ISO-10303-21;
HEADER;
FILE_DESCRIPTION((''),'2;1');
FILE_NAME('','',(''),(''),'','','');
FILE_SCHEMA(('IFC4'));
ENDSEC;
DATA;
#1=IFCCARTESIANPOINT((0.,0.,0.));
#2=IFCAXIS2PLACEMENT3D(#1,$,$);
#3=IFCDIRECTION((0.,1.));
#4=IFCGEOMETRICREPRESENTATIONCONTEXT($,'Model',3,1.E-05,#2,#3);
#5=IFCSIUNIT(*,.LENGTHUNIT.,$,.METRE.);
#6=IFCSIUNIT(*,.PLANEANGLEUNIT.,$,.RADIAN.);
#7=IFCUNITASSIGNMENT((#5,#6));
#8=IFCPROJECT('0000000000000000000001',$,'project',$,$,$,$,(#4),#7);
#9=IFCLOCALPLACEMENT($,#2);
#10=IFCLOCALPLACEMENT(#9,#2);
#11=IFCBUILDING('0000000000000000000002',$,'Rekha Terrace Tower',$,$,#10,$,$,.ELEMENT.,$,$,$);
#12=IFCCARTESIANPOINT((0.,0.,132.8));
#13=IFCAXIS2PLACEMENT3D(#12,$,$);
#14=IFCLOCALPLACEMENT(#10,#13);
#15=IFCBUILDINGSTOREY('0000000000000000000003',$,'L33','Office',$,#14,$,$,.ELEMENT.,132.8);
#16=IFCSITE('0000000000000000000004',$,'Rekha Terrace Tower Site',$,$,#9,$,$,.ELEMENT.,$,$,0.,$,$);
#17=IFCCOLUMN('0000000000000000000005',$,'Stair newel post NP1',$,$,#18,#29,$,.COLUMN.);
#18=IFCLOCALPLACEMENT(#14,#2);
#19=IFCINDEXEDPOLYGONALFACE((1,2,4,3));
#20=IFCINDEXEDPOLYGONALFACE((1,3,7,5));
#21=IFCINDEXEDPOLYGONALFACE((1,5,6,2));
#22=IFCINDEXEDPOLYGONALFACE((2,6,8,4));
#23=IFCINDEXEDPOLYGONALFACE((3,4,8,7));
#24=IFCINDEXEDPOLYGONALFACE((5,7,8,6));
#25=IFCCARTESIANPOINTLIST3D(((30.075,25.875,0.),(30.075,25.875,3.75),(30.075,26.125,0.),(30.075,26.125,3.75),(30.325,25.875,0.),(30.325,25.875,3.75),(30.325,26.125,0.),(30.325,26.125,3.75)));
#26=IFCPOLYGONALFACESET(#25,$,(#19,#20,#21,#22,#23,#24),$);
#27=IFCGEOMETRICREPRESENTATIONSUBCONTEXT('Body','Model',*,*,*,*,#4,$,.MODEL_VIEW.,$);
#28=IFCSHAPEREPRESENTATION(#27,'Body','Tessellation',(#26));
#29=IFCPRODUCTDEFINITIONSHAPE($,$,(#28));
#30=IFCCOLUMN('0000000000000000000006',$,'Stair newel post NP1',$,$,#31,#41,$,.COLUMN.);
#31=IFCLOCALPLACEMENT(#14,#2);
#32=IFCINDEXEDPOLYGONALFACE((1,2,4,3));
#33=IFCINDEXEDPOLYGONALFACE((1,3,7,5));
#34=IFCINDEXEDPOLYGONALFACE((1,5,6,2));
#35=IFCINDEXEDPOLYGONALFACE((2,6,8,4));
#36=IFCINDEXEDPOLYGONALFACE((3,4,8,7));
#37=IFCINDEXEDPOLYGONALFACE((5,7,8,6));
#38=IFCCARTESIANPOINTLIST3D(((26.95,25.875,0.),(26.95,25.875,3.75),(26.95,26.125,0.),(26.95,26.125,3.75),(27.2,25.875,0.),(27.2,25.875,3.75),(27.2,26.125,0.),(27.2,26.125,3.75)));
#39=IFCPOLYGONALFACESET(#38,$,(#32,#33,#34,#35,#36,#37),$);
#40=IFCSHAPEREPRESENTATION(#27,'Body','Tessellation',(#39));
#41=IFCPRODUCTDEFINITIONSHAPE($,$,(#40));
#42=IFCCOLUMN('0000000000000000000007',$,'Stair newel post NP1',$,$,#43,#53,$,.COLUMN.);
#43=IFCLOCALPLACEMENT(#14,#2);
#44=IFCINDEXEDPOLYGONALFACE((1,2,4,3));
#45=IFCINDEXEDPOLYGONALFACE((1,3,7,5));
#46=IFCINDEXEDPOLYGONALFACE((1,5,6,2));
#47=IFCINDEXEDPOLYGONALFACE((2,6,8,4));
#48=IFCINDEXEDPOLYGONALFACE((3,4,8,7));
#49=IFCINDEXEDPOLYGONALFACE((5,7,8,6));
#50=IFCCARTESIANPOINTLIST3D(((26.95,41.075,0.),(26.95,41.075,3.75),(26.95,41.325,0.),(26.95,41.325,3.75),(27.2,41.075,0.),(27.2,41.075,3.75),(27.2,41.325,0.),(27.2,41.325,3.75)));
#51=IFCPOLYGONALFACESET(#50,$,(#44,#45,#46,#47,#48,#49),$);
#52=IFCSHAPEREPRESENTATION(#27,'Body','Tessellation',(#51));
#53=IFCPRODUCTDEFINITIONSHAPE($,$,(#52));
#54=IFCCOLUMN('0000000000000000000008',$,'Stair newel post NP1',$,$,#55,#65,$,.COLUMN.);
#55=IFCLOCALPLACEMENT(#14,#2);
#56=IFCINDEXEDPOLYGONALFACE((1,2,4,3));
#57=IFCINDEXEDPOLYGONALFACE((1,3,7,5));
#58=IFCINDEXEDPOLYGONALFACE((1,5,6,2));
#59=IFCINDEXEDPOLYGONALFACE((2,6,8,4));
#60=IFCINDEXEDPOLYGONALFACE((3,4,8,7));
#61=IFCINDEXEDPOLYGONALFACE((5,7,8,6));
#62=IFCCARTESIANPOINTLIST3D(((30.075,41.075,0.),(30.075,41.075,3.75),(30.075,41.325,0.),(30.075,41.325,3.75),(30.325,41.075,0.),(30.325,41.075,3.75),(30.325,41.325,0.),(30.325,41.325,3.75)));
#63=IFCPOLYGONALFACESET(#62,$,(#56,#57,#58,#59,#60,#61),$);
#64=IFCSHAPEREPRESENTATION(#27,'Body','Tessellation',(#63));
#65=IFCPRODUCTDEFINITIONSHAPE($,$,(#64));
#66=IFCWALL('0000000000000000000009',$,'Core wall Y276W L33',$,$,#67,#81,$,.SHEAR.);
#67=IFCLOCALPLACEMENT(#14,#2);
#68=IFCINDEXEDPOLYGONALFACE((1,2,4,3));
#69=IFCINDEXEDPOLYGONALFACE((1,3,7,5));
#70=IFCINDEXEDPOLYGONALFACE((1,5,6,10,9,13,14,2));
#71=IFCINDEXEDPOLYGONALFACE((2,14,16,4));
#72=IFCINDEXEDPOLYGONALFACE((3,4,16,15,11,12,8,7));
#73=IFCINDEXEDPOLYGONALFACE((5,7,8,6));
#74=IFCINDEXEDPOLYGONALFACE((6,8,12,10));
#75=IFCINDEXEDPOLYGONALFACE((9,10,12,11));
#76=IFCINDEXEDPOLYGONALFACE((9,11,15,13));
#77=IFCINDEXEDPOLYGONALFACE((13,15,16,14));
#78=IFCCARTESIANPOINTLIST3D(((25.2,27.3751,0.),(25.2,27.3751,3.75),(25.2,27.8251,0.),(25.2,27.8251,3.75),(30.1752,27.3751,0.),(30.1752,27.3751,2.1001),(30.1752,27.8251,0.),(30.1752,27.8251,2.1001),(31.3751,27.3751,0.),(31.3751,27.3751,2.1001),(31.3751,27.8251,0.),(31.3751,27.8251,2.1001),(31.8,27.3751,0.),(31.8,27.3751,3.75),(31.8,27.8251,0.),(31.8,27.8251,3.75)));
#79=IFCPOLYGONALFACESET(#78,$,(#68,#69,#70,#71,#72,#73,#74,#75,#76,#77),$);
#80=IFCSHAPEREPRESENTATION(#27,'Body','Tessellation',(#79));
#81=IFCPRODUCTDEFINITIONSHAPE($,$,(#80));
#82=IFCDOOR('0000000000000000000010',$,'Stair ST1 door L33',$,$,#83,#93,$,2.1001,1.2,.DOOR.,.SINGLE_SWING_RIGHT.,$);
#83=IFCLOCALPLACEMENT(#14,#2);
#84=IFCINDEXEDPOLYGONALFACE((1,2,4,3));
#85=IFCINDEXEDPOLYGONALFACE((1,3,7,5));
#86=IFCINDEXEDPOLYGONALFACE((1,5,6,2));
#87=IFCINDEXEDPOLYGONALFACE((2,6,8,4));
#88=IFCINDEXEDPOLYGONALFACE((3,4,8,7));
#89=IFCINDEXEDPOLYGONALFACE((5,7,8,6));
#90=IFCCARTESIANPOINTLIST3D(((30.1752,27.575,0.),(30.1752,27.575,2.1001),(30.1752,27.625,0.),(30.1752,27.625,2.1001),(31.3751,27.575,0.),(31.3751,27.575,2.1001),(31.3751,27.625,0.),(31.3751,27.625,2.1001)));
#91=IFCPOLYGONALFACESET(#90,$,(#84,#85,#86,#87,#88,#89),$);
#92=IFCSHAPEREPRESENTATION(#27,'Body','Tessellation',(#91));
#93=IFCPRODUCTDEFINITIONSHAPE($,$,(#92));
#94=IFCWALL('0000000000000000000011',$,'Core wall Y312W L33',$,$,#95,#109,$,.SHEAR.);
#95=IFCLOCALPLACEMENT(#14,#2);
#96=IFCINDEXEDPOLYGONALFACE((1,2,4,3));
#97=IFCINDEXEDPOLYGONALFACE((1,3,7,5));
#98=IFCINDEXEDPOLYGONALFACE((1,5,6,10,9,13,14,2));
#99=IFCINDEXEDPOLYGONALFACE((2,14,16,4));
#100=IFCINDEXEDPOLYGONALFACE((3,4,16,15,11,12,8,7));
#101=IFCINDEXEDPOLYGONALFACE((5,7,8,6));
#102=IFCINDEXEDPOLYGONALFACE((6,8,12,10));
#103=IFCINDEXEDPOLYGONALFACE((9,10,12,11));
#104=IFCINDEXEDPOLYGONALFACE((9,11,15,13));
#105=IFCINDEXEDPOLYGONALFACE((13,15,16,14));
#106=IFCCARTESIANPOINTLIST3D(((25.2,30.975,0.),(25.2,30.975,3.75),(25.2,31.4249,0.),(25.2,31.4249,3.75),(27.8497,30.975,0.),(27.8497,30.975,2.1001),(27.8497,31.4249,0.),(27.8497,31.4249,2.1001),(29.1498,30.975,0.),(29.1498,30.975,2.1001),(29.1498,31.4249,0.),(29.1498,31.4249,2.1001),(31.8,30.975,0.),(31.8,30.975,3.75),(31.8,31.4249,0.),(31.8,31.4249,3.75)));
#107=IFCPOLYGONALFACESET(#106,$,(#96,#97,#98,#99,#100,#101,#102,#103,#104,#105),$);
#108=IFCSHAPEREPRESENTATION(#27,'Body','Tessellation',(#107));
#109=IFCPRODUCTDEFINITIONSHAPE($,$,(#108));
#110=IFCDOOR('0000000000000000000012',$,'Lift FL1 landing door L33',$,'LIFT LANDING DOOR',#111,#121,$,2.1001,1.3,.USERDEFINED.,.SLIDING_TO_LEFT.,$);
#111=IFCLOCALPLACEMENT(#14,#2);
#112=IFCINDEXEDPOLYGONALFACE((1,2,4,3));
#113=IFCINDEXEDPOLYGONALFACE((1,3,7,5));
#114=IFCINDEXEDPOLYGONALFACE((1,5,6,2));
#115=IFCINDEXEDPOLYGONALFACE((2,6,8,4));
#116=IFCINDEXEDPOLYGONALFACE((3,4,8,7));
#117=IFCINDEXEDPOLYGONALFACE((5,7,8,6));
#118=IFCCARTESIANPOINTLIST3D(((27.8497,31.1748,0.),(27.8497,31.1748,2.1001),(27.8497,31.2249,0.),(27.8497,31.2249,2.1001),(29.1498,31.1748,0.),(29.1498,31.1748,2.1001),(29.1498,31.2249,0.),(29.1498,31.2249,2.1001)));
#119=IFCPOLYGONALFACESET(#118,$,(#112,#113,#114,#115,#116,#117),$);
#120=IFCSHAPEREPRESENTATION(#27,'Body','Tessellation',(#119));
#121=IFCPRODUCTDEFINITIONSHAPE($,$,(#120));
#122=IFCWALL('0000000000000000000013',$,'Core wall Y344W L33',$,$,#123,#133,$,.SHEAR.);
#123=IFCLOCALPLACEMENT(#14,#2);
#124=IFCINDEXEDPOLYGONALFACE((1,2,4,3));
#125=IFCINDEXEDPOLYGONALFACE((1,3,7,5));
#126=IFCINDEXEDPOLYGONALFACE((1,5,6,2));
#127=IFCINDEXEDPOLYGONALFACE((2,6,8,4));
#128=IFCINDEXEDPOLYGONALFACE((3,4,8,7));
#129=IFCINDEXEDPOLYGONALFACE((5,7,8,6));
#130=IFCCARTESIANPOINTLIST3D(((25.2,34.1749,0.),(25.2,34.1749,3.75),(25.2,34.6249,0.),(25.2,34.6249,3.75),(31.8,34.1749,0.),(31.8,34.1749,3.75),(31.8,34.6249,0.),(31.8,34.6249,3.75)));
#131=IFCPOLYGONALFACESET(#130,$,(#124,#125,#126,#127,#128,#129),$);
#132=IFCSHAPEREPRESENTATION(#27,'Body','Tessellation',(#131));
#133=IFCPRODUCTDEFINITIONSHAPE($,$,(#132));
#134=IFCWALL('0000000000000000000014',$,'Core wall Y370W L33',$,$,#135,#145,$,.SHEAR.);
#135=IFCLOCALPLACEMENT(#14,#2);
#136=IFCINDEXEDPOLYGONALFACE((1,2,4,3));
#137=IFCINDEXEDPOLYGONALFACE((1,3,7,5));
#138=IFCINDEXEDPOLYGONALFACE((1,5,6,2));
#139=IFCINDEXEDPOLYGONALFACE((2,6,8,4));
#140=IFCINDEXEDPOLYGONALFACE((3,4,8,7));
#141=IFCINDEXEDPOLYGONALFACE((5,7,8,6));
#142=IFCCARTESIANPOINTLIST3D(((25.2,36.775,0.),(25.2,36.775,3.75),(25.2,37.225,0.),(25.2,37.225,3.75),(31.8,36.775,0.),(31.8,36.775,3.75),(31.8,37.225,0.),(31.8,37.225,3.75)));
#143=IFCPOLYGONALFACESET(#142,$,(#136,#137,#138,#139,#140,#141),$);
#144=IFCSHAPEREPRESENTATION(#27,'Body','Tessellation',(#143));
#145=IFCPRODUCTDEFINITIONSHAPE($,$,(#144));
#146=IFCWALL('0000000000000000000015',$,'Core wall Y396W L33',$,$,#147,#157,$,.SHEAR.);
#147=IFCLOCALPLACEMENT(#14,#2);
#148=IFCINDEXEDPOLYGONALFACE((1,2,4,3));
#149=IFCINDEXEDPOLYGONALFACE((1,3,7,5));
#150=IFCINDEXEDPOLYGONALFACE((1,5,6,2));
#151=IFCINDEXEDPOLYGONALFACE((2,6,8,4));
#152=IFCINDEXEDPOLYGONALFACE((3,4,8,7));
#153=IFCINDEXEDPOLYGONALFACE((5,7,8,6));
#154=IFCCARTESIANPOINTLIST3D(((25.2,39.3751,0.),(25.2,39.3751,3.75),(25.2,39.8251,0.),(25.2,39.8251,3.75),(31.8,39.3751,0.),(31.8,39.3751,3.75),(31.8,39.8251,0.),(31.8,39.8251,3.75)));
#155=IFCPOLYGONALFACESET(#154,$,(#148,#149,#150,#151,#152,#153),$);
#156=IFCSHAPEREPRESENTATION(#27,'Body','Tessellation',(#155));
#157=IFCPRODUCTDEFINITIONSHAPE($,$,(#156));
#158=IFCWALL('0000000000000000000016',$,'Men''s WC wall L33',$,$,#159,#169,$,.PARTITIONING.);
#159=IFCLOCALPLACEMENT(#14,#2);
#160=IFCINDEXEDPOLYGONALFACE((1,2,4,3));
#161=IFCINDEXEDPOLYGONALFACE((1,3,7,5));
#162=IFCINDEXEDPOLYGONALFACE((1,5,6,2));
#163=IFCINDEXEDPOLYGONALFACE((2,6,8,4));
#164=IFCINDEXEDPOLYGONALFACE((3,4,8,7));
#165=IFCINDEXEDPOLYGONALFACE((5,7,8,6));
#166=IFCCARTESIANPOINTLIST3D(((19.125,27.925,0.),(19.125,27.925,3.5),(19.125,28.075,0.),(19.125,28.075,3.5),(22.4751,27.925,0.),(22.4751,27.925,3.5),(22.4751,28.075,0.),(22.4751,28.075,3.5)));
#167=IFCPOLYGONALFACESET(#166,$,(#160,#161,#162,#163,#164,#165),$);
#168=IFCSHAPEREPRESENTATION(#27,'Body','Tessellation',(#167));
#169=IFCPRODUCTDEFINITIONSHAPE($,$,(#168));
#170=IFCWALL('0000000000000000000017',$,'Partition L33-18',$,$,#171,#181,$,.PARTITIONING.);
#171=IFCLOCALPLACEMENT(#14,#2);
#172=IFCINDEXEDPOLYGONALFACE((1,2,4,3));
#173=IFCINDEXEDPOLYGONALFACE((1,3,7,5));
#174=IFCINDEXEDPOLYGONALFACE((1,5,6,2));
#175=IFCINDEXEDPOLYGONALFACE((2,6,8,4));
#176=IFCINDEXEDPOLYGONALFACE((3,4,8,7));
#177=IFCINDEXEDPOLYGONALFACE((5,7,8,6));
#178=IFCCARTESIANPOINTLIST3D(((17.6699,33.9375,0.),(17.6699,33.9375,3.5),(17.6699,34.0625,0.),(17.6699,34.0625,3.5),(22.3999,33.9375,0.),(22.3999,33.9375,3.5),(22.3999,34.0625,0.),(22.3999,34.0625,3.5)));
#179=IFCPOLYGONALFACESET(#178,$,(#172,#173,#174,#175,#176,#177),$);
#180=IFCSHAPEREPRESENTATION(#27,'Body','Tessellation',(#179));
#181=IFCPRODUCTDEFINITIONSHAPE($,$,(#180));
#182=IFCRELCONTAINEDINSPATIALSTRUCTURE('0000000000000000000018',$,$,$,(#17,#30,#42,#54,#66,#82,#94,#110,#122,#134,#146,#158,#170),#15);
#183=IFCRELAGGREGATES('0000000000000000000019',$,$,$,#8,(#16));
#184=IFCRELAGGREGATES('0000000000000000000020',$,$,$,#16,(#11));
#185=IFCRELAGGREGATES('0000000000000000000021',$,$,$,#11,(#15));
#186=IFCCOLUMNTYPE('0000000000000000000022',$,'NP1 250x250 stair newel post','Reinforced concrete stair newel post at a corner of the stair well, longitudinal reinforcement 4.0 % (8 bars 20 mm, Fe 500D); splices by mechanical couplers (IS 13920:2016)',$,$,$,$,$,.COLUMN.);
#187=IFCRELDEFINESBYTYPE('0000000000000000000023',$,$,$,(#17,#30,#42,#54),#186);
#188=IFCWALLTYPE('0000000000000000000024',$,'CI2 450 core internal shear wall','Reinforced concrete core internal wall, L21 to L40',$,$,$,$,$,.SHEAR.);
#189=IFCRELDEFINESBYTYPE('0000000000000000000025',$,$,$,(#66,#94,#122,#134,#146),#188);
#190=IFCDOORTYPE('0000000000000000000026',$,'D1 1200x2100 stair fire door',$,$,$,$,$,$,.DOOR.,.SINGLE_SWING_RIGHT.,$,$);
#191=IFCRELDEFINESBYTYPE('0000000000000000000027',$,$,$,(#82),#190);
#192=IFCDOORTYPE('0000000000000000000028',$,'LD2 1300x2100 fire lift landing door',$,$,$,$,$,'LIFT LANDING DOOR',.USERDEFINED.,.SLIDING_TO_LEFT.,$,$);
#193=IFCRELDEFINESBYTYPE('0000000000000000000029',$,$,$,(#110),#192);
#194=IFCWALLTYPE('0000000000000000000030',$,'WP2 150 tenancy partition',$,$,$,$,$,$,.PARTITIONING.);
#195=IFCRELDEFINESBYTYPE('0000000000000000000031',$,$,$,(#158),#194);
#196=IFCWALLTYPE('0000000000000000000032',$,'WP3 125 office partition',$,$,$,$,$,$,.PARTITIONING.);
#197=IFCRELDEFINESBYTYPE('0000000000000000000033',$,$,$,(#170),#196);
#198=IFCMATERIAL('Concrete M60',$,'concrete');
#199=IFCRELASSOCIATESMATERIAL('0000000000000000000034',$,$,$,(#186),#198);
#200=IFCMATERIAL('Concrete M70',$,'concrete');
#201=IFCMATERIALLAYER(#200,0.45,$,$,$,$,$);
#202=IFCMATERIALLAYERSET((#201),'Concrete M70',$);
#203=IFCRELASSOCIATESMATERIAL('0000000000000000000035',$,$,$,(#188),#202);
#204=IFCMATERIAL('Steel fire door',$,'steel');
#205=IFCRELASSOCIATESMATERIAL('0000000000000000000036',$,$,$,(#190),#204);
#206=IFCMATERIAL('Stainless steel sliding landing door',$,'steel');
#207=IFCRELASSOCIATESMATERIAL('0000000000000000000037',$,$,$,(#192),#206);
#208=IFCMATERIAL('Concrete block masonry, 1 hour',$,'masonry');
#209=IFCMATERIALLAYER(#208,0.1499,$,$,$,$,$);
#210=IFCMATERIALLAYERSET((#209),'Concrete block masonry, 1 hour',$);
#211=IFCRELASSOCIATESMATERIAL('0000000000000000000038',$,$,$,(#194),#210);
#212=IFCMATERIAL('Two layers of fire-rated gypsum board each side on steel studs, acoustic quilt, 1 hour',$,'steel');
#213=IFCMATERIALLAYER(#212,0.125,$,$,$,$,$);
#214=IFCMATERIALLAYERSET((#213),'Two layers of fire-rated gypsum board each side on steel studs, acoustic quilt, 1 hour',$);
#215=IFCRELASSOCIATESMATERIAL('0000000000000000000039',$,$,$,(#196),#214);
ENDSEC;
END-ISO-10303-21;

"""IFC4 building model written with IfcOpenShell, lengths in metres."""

from ifc_helpers import new_model, si_unit, direction, frame, frame_2d, origin, origin_2d, place, context, subcontext, project, spatial, rectangle, extrude, material, layer, layer_set, material_profile, profile_set, type_object, element, fill, save


model = new_model("IFC4")

# Units and contexts
model_context = context("Model", 3, precision=1e-05, world=origin(), true_north=direction((0.0, 1.0)))
body_context = subcontext(model_context, "Body", "Model", "MODEL_VIEW")
ifc_project = project(units=[si_unit("LENGTHUNIT", "METRE"), si_unit("PLANEANGLEUNIT", "RADIAN")], contexts=[model_context])

# Site, building, storey
site_placement = place(None, origin())
site = spatial("IfcSite", under=ifc_project, at=site_placement, Name="Rekha Terrace Tower Site", CompositionType="ELEMENT", RefElevation=0.0)
building_placement = place(site_placement, origin())
building = spatial("IfcBuilding", under=site, at=building_placement, Name="Rekha Terrace Tower", CompositionType="ELEMENT")
storey_placement = place(building_placement, frame((0.0, 0.0, 132.8)))
storey = spatial("IfcBuildingStorey", under=building, at=storey_placement, Name="L33", Description="Office", CompositionType="ELEMENT", Elevation=132.8)

# Columns
ifc_material_1 = material(Name="Concrete M60", Category="concrete")
ifc_material_profile = material_profile(ifc_material_1, rectangle(XDim=0.25, YDim=0.25, at=origin_2d()), Name="RC 250x250")
ifc_profile_set = profile_set([ifc_material_profile], Name="Concrete M60")
column_type = type_object("IfcColumnType", Name="NP1 250x250 stair newel post", Description="Reinforced concrete stair newel post at a corner of the stair well, longitudinal reinforcement 4.0 % (8 bars 20 mm, Fe 500D); splices by mechanical couplers (IS 13920:2016)", PredefinedType="COLUMN", material=ifc_profile_set)
for number, where, z_axis, x_axis, name in (
    (1, (30.2, 26.0, 0.0), (0.0, 0.0, 1.0), (1.0, 0.0, 0.0), "Stair newel post NP1"),
    (2, (27.075, 26.0, 0.0), (0.0, 0.0, 1.0), (1.0, 0.0, 0.0), "Stair newel post NP1"),
    (3, (27.075, 41.2, 0.0), (0.0, 0.0, 1.0), (1.0, 0.0, 0.0), "Stair newel post NP1"),
    (4, (30.2, 41.2, 0.0), (0.0, 0.0, 1.0), (1.0, 0.0, 0.0), "Stair newel post NP1"),
):
    element("IfcColumn", number, at=place(storey_placement, frame(where, z_axis=z_axis, x_axis=x_axis)), inside=storey, type_object=column_type, Name=name, PredefinedType="COLUMN", context=body_context, shape_type="SweptSolid", body=[
        extrude(rectangle(XDim=0.25, YDim=0.25, at=origin_2d()), origin(), (0.0, 0.0, 1.0), 3.75),
    ])

# Walls, openings, doors
ifc_material_2 = material(Name="Concrete M70", Category="concrete")
ifc_layer_1 = layer(ifc_material_2, 0.45)
ifc_layer_set_1 = layer_set([ifc_layer_1], Name="Concrete M70")
wall_type_1 = type_object("IfcWallType", Name="CI2 450 core internal shear wall", Description="Reinforced concrete core internal wall, L21 to L40", PredefinedType="SHEAR", material=ifc_layer_set_1)
wall_1_placement = place(storey_placement, frame((25.2, 27.6001, 0.0), z_axis=(0.0, 0.0, 1.0), x_axis=(1.0, 0.0, 0.0)))
wall_1 = element("IfcWall", 5, at=wall_1_placement, inside=storey, type_object=wall_type_1, Name="Core wall Y276W L33", PredefinedType="SHEAR", context=body_context, shape_type="SweptSolid", body=[
    extrude(rectangle(XDim=6.6001, YDim=0.45, at=frame_2d((3.3, 0.0))), origin(), (0.0, 0.0, 1.0), 3.75),
])
opening_1_placement = place(wall_1_placement, frame((4.9751, 0.0, 0.0)))
opening_1 = element("IfcOpeningElement", 6, at=opening_1_placement, cuts=wall_1, PredefinedType="OPENING", context=body_context, shape_type="SweptSolid", body=[
    extrude(rectangle(XDim=1.2, YDim=2.1001, at=frame_2d((0.6001, 1.05))), frame((0.0, 0.2349, 0.0), z_axis=(0.0, -1.0, 0.0), x_axis=(1.0, 0.0, 0.0)), (0.0, 0.0, 1.0), 0.47),
])
ifc_material_3 = material(Name="Steel fire door", Category="steel")
door_type_1 = type_object("IfcDoorType", Name="D1 1200x2100 stair fire door", OperationType="SINGLE_SWING_RIGHT", PredefinedType="DOOR", material=ifc_material_3)
door_1_placement = place(opening_1_placement, origin())
door_1 = element("IfcDoor", 7, at=door_1_placement, inside=storey, type_object=door_type_1, Name="Stair ST1 door L33", OperationType="SINGLE_SWING_RIGHT", OverallHeight=2.1001, OverallWidth=1.2, PredefinedType="DOOR", context=body_context, shape_type="SweptSolid", body=[
    extrude(rectangle(XDim=1.2, YDim=2.1001, at=frame_2d((0.6001, 1.05))), frame((0.0, 0.0249, 0.0), z_axis=(0.0, -1.0, 0.0), x_axis=(1.0, 0.0, 0.0)), (0.0, 0.0, 1.0), 0.05),
])
fill(opening_1, door_1)
wall_2_placement = place(storey_placement, frame((25.2, 31.2, 0.0), z_axis=(0.0, 0.0, 1.0), x_axis=(1.0, 0.0, 0.0)))
wall_2 = element("IfcWall", 8, at=wall_2_placement, inside=storey, type_object=wall_type_1, Name="Core wall Y312W L33", PredefinedType="SHEAR", context=body_context, shape_type="SweptSolid", body=[
    extrude(rectangle(XDim=6.6001, YDim=0.45, at=frame_2d((3.3, 0.0))), origin(), (0.0, 0.0, 1.0), 3.75),
])
opening_2_placement = place(wall_2_placement, frame((2.6499, 0.0, 0.0)))
opening_2 = element("IfcOpeningElement", 9, at=opening_2_placement, cuts=wall_2, PredefinedType="OPENING", context=body_context, shape_type="SweptSolid", body=[
    extrude(rectangle(XDim=1.3, YDim=2.1001, at=frame_2d((0.6499, 1.05))), frame((0.0, 0.2349, 0.0), z_axis=(0.0, -1.0, 0.0), x_axis=(1.0, 0.0, 0.0)), (0.0, 0.0, 1.0), 0.47),
])
ifc_material_4 = material(Name="Stainless steel sliding landing door", Category="steel")
door_type_2 = type_object("IfcDoorType", Name="LD2 1300x2100 fire lift landing door", ElementType="LIFT LANDING DOOR", OperationType="SLIDING_TO_LEFT", PredefinedType="USERDEFINED", material=ifc_material_4)
door_2_placement = place(opening_2_placement, origin())
door_2 = element("IfcDoor", 10, at=door_2_placement, inside=storey, type_object=door_type_2, Name="Lift FL1 landing door L33", ObjectType="LIFT LANDING DOOR", OperationType="SLIDING_TO_LEFT", OverallHeight=2.1001, OverallWidth=1.3, PredefinedType="USERDEFINED", context=body_context, shape_type="SweptSolid", body=[
    extrude(rectangle(XDim=1.3, YDim=2.1001, at=frame_2d((0.6499, 1.05))), frame((0.0, 0.0249, 0.0), z_axis=(0.0, -1.0, 0.0), x_axis=(1.0, 0.0, 0.0)), (0.0, 0.0, 1.0), 0.05),
])
fill(opening_2, door_2)

# Walls
for number, where, z_axis, x_axis, name in (
    (11, (25.2, 34.3999, 0.0), (0.0, 0.0, 1.0), (1.0, 0.0, 0.0), "Core wall Y344W L33"),
    (12, (25.2, 37.0, 0.0), (0.0, 0.0, 1.0), (1.0, 0.0, 0.0), "Core wall Y370W L33"),
    (13, (25.2, 39.6001, 0.0), (0.0, 0.0, 1.0), (1.0, 0.0, 0.0), "Core wall Y396W L33"),
):
    element("IfcWall", number, at=place(storey_placement, frame(where, z_axis=z_axis, x_axis=x_axis)), inside=storey, type_object=wall_type_1, Name=name, PredefinedType="SHEAR", context=body_context, shape_type="SweptSolid", body=[
        extrude(rectangle(XDim=6.6001, YDim=0.45, at=frame_2d((3.3, 0.0))), origin(), (0.0, 0.0, 1.0), 3.75),
    ])
ifc_material_5 = material(Name="Concrete block masonry, 1 hour", Category="masonry")
ifc_layer_2 = layer(ifc_material_5, 0.1499)
ifc_layer_set_2 = layer_set([ifc_layer_2], Name="Concrete block masonry, 1 hour")
wall_type_2 = type_object("IfcWallType", Name="WP2 150 tenancy partition", PredefinedType="PARTITIONING", material=ifc_layer_set_2)
wall_3_placement = place(storey_placement, frame((19.125, 28.0, 0.0), z_axis=(0.0, 0.0, 1.0), x_axis=(1.0, 0.0, 0.0)))
element("IfcWall", 14, at=wall_3_placement, inside=storey, type_object=wall_type_2, Name="Men's WC wall L33", PredefinedType="PARTITIONING", context=body_context, shape_type="SweptSolid", body=[
    extrude(rectangle(XDim=3.3501, YDim=0.1499, at=frame_2d((1.675, 0.0))), origin(), (0.0, 0.0, 1.0), 3.5),
])
ifc_material_6 = material(Name="Two layers of fire-rated gypsum board each side on steel studs, acoustic quilt, 1 hour", Category="steel")
ifc_layer_3 = layer(ifc_material_6, 0.125)
ifc_layer_set_3 = layer_set([ifc_layer_3], Name="Two layers of fire-rated gypsum board each side on steel studs, acoustic quilt, 1 hour")
wall_type_3 = type_object("IfcWallType", Name="WP3 125 office partition", PredefinedType="PARTITIONING", material=ifc_layer_set_3)
wall_4_placement = place(storey_placement, frame((17.6699, 34.0, 0.0), z_axis=(0.0, 0.0, 1.0), x_axis=(1.0, 0.0, 0.0)))
element("IfcWall", 15, at=wall_4_placement, inside=storey, type_object=wall_type_3, Name="Partition L33-18", PredefinedType="PARTITIONING", context=body_context, shape_type="SweptSolid", body=[
    extrude(rectangle(XDim=4.73, YDim=0.125, at=frame_2d((2.365, 0.0))), origin(), (0.0, 0.0, 1.0), 3.5),
])

save(model, "model.ifc")
